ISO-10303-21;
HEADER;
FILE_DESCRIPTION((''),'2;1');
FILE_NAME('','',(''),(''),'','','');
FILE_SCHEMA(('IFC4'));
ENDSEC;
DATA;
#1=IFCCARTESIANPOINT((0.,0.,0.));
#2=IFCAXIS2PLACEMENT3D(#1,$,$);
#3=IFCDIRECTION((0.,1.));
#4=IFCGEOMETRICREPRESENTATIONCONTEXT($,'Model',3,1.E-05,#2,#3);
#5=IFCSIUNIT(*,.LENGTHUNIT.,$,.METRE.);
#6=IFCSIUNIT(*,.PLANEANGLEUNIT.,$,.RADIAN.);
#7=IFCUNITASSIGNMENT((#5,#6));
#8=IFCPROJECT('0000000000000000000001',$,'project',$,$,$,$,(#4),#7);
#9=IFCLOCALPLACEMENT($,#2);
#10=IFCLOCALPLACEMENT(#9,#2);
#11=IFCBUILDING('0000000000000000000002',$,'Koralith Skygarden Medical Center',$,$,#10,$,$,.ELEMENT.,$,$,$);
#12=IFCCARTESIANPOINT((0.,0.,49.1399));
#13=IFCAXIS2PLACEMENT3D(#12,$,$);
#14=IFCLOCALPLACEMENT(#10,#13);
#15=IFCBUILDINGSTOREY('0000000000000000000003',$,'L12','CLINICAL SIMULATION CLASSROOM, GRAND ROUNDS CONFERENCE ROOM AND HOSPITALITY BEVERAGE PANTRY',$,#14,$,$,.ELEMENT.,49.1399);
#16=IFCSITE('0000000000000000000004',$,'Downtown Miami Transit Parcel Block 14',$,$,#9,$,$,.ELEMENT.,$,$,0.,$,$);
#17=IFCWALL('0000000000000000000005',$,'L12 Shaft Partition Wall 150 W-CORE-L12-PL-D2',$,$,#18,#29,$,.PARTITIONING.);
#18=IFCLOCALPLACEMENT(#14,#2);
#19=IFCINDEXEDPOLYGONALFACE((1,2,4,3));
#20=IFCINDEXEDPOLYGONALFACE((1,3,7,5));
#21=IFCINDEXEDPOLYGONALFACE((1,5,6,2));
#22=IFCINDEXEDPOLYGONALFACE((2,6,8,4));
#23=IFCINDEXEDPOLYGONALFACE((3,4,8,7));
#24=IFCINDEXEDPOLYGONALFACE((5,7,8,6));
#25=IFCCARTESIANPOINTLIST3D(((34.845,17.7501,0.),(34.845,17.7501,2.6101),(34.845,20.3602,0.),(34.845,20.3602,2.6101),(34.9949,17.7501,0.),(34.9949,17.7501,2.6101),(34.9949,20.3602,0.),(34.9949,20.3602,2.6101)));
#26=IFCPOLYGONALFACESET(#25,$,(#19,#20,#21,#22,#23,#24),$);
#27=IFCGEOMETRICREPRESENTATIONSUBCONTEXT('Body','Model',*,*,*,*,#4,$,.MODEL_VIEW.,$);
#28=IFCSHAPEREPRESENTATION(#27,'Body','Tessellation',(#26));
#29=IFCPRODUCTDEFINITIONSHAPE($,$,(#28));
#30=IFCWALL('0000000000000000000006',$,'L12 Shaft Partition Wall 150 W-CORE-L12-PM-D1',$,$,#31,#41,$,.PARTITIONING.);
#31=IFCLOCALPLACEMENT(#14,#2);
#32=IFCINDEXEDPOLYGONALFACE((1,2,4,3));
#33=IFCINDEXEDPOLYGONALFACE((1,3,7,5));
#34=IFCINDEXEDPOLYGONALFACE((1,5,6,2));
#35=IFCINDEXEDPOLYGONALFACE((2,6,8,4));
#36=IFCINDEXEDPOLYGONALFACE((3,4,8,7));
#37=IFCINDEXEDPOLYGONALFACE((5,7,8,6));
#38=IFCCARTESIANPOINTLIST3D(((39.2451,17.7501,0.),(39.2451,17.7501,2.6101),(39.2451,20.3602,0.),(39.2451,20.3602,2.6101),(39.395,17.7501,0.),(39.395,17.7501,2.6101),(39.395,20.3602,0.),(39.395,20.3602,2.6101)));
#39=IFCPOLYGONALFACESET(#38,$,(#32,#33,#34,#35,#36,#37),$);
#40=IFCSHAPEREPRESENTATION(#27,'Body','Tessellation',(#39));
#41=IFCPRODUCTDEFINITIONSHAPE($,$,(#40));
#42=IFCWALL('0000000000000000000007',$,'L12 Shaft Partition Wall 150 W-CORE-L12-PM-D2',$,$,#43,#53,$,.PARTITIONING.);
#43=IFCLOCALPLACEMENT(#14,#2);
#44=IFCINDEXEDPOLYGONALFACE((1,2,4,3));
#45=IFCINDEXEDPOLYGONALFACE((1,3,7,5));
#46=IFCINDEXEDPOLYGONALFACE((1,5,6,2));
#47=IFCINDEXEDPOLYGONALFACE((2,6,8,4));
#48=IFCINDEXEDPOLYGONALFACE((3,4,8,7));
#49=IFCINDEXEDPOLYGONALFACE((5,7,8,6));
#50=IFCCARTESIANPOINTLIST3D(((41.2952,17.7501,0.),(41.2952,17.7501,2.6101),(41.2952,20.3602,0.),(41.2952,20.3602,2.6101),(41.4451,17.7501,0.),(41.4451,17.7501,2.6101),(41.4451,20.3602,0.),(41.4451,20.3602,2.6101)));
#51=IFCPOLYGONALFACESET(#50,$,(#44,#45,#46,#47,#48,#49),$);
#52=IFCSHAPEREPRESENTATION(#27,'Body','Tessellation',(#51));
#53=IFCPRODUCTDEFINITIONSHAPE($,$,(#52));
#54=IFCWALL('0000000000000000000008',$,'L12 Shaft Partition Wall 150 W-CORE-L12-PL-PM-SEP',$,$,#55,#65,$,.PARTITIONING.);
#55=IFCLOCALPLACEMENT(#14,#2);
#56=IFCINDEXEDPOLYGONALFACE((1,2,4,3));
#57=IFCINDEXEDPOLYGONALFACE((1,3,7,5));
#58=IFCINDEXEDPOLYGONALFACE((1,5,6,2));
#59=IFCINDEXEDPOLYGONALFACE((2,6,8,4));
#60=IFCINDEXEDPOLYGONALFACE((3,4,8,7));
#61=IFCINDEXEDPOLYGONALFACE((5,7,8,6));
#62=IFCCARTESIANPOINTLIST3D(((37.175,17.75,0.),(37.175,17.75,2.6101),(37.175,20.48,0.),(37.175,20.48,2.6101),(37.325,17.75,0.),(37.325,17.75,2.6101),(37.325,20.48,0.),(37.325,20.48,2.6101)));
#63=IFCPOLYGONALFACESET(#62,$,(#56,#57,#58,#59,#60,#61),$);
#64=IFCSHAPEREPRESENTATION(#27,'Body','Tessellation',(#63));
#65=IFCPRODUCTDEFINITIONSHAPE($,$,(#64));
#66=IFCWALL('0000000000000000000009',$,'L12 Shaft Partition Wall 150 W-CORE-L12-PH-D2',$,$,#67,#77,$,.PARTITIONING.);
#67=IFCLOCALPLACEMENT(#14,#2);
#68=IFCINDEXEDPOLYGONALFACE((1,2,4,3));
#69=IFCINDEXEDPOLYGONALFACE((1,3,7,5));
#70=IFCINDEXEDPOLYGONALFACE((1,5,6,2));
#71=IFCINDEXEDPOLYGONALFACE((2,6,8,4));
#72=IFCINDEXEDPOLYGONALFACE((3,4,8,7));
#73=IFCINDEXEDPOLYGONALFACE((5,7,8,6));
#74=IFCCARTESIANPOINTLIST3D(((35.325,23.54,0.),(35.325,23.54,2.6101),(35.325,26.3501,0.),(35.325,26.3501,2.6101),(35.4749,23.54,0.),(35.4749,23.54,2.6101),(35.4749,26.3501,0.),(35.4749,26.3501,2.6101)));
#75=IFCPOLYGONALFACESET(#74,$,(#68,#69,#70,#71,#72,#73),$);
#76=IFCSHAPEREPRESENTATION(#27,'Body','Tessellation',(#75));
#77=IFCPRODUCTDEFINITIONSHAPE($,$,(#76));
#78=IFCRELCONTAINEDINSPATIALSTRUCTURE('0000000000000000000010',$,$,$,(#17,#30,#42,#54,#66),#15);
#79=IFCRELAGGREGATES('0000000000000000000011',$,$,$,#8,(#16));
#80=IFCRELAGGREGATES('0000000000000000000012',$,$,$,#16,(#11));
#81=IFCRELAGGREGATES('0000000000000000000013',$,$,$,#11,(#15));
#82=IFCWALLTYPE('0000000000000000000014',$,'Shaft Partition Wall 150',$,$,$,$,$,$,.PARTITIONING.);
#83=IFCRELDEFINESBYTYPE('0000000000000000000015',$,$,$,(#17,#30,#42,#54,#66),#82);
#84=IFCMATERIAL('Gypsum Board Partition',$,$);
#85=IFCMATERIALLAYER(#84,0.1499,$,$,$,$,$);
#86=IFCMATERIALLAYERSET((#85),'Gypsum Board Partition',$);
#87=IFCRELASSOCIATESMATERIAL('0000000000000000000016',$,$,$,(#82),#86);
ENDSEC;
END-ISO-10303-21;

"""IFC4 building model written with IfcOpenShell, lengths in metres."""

from ifc_helpers import new_model, si_unit, direction, frame, frame_2d, origin, place, context, subcontext, project, spatial, rectangle, extrude, material, layer, layer_set, type_object, element, save


model = new_model("IFC4")

# Units and contexts
model_context = context("Model", 3, precision=1e-05, world=origin(), true_north=direction((0.0, 1.0)))
body_context = subcontext(model_context, "Body", "Model", "MODEL_VIEW")
ifc_project = project(units=[si_unit("LENGTHUNIT", "METRE"), si_unit("PLANEANGLEUNIT", "RADIAN")], contexts=[model_context])

# Site, building, storey
site_placement = place(None, origin())
site = spatial("IfcSite", under=ifc_project, at=site_placement, Name="Downtown Miami Transit Parcel Block 14", CompositionType="ELEMENT", RefElevation=0.0)
building_placement = place(site_placement, origin())
building = spatial("IfcBuilding", under=site, at=building_placement, Name="Koralith Skygarden Medical Center", CompositionType="ELEMENT")
storey_placement = place(building_placement, frame((0.0, 0.0, 49.1399)))
storey = spatial("IfcBuildingStorey", under=building, at=storey_placement, Name="L12", Description="CLINICAL SIMULATION CLASSROOM, GRAND ROUNDS CONFERENCE ROOM AND HOSPITALITY BEVERAGE PANTRY", CompositionType="ELEMENT", Elevation=49.1399)

# Shared definitions
ifc_material_1 = material(Name="Gypsum Board Partition")

# Walls
ifc_layer_1 = layer(ifc_material_1, 0.1499)
ifc_layer_set_1 = layer_set([ifc_layer_1], Name="Gypsum Board Partition")
wall_type_1 = type_object("IfcWallType", Name="Shaft Partition Wall 150", PredefinedType="PARTITIONING", material=ifc_layer_set_1)
for number, where, z_axis, x_axis, name in (
    (1, (34.9199, 17.75, 0.0), (0.0, 0.0, 1.0), (0.0, 1.0, 0.0), "L12 Shaft Partition Wall 150 W-CORE-L12-PL-D2"),
    (2, (39.3201, 17.75, 0.0), (0.0, 0.0, 1.0), (0.0, 1.0, 0.0), "L12 Shaft Partition Wall 150 W-CORE-L12-PM-D1"),
    (3, (41.3701, 17.75, 0.0), (0.0, 0.0, 1.0), (0.0, 1.0, 0.0), "L12 Shaft Partition Wall 150 W-CORE-L12-PM-D2"),
):
    element("IfcWall", number, at=place(storey_placement, frame(where, z_axis=z_axis, x_axis=x_axis)), inside=storey, type_object=wall_type_1, Name=name, PredefinedType="PARTITIONING", context=body_context, shape_type="SweptSolid", body=[
        extrude(rectangle(XDim=2.6101, YDim=0.1499, at=frame_2d((1.3052, 0.0))), origin(), (0.0, 0.0, 1.0), 2.6101),
    ])
wall_1_placement = place(storey_placement, frame((37.25, 17.75, 0.0), z_axis=(0.0, 0.0, 1.0), x_axis=(0.0, 1.0, 0.0)))
element("IfcWall", 4, at=wall_1_placement, inside=storey, type_object=wall_type_1, Name="L12 Shaft Partition Wall 150 W-CORE-L12-PL-PM-SEP", PredefinedType="PARTITIONING", context=body_context, shape_type="SweptSolid", body=[
    extrude(rectangle(XDim=2.73, YDim=0.1499, at=frame_2d((1.365, 0.0))), origin(), (0.0, 0.0, 1.0), 2.6101),
])
wall_2_placement = place(storey_placement, frame((35.3999, 23.54, 0.0), z_axis=(0.0, 0.0, 1.0), x_axis=(0.0, 1.0, 0.0)))
element("IfcWall", 5, at=wall_2_placement, inside=storey, type_object=wall_type_1, Name="L12 Shaft Partition Wall 150 W-CORE-L12-PH-D2", PredefinedType="PARTITIONING", context=body_context, shape_type="SweptSolid", body=[
    extrude(rectangle(XDim=2.8101, YDim=0.1499, at=frame_2d((1.405, 0.0))), origin(), (0.0, 0.0, 1.0), 2.6101),
])

save(model, "model.ifc")
